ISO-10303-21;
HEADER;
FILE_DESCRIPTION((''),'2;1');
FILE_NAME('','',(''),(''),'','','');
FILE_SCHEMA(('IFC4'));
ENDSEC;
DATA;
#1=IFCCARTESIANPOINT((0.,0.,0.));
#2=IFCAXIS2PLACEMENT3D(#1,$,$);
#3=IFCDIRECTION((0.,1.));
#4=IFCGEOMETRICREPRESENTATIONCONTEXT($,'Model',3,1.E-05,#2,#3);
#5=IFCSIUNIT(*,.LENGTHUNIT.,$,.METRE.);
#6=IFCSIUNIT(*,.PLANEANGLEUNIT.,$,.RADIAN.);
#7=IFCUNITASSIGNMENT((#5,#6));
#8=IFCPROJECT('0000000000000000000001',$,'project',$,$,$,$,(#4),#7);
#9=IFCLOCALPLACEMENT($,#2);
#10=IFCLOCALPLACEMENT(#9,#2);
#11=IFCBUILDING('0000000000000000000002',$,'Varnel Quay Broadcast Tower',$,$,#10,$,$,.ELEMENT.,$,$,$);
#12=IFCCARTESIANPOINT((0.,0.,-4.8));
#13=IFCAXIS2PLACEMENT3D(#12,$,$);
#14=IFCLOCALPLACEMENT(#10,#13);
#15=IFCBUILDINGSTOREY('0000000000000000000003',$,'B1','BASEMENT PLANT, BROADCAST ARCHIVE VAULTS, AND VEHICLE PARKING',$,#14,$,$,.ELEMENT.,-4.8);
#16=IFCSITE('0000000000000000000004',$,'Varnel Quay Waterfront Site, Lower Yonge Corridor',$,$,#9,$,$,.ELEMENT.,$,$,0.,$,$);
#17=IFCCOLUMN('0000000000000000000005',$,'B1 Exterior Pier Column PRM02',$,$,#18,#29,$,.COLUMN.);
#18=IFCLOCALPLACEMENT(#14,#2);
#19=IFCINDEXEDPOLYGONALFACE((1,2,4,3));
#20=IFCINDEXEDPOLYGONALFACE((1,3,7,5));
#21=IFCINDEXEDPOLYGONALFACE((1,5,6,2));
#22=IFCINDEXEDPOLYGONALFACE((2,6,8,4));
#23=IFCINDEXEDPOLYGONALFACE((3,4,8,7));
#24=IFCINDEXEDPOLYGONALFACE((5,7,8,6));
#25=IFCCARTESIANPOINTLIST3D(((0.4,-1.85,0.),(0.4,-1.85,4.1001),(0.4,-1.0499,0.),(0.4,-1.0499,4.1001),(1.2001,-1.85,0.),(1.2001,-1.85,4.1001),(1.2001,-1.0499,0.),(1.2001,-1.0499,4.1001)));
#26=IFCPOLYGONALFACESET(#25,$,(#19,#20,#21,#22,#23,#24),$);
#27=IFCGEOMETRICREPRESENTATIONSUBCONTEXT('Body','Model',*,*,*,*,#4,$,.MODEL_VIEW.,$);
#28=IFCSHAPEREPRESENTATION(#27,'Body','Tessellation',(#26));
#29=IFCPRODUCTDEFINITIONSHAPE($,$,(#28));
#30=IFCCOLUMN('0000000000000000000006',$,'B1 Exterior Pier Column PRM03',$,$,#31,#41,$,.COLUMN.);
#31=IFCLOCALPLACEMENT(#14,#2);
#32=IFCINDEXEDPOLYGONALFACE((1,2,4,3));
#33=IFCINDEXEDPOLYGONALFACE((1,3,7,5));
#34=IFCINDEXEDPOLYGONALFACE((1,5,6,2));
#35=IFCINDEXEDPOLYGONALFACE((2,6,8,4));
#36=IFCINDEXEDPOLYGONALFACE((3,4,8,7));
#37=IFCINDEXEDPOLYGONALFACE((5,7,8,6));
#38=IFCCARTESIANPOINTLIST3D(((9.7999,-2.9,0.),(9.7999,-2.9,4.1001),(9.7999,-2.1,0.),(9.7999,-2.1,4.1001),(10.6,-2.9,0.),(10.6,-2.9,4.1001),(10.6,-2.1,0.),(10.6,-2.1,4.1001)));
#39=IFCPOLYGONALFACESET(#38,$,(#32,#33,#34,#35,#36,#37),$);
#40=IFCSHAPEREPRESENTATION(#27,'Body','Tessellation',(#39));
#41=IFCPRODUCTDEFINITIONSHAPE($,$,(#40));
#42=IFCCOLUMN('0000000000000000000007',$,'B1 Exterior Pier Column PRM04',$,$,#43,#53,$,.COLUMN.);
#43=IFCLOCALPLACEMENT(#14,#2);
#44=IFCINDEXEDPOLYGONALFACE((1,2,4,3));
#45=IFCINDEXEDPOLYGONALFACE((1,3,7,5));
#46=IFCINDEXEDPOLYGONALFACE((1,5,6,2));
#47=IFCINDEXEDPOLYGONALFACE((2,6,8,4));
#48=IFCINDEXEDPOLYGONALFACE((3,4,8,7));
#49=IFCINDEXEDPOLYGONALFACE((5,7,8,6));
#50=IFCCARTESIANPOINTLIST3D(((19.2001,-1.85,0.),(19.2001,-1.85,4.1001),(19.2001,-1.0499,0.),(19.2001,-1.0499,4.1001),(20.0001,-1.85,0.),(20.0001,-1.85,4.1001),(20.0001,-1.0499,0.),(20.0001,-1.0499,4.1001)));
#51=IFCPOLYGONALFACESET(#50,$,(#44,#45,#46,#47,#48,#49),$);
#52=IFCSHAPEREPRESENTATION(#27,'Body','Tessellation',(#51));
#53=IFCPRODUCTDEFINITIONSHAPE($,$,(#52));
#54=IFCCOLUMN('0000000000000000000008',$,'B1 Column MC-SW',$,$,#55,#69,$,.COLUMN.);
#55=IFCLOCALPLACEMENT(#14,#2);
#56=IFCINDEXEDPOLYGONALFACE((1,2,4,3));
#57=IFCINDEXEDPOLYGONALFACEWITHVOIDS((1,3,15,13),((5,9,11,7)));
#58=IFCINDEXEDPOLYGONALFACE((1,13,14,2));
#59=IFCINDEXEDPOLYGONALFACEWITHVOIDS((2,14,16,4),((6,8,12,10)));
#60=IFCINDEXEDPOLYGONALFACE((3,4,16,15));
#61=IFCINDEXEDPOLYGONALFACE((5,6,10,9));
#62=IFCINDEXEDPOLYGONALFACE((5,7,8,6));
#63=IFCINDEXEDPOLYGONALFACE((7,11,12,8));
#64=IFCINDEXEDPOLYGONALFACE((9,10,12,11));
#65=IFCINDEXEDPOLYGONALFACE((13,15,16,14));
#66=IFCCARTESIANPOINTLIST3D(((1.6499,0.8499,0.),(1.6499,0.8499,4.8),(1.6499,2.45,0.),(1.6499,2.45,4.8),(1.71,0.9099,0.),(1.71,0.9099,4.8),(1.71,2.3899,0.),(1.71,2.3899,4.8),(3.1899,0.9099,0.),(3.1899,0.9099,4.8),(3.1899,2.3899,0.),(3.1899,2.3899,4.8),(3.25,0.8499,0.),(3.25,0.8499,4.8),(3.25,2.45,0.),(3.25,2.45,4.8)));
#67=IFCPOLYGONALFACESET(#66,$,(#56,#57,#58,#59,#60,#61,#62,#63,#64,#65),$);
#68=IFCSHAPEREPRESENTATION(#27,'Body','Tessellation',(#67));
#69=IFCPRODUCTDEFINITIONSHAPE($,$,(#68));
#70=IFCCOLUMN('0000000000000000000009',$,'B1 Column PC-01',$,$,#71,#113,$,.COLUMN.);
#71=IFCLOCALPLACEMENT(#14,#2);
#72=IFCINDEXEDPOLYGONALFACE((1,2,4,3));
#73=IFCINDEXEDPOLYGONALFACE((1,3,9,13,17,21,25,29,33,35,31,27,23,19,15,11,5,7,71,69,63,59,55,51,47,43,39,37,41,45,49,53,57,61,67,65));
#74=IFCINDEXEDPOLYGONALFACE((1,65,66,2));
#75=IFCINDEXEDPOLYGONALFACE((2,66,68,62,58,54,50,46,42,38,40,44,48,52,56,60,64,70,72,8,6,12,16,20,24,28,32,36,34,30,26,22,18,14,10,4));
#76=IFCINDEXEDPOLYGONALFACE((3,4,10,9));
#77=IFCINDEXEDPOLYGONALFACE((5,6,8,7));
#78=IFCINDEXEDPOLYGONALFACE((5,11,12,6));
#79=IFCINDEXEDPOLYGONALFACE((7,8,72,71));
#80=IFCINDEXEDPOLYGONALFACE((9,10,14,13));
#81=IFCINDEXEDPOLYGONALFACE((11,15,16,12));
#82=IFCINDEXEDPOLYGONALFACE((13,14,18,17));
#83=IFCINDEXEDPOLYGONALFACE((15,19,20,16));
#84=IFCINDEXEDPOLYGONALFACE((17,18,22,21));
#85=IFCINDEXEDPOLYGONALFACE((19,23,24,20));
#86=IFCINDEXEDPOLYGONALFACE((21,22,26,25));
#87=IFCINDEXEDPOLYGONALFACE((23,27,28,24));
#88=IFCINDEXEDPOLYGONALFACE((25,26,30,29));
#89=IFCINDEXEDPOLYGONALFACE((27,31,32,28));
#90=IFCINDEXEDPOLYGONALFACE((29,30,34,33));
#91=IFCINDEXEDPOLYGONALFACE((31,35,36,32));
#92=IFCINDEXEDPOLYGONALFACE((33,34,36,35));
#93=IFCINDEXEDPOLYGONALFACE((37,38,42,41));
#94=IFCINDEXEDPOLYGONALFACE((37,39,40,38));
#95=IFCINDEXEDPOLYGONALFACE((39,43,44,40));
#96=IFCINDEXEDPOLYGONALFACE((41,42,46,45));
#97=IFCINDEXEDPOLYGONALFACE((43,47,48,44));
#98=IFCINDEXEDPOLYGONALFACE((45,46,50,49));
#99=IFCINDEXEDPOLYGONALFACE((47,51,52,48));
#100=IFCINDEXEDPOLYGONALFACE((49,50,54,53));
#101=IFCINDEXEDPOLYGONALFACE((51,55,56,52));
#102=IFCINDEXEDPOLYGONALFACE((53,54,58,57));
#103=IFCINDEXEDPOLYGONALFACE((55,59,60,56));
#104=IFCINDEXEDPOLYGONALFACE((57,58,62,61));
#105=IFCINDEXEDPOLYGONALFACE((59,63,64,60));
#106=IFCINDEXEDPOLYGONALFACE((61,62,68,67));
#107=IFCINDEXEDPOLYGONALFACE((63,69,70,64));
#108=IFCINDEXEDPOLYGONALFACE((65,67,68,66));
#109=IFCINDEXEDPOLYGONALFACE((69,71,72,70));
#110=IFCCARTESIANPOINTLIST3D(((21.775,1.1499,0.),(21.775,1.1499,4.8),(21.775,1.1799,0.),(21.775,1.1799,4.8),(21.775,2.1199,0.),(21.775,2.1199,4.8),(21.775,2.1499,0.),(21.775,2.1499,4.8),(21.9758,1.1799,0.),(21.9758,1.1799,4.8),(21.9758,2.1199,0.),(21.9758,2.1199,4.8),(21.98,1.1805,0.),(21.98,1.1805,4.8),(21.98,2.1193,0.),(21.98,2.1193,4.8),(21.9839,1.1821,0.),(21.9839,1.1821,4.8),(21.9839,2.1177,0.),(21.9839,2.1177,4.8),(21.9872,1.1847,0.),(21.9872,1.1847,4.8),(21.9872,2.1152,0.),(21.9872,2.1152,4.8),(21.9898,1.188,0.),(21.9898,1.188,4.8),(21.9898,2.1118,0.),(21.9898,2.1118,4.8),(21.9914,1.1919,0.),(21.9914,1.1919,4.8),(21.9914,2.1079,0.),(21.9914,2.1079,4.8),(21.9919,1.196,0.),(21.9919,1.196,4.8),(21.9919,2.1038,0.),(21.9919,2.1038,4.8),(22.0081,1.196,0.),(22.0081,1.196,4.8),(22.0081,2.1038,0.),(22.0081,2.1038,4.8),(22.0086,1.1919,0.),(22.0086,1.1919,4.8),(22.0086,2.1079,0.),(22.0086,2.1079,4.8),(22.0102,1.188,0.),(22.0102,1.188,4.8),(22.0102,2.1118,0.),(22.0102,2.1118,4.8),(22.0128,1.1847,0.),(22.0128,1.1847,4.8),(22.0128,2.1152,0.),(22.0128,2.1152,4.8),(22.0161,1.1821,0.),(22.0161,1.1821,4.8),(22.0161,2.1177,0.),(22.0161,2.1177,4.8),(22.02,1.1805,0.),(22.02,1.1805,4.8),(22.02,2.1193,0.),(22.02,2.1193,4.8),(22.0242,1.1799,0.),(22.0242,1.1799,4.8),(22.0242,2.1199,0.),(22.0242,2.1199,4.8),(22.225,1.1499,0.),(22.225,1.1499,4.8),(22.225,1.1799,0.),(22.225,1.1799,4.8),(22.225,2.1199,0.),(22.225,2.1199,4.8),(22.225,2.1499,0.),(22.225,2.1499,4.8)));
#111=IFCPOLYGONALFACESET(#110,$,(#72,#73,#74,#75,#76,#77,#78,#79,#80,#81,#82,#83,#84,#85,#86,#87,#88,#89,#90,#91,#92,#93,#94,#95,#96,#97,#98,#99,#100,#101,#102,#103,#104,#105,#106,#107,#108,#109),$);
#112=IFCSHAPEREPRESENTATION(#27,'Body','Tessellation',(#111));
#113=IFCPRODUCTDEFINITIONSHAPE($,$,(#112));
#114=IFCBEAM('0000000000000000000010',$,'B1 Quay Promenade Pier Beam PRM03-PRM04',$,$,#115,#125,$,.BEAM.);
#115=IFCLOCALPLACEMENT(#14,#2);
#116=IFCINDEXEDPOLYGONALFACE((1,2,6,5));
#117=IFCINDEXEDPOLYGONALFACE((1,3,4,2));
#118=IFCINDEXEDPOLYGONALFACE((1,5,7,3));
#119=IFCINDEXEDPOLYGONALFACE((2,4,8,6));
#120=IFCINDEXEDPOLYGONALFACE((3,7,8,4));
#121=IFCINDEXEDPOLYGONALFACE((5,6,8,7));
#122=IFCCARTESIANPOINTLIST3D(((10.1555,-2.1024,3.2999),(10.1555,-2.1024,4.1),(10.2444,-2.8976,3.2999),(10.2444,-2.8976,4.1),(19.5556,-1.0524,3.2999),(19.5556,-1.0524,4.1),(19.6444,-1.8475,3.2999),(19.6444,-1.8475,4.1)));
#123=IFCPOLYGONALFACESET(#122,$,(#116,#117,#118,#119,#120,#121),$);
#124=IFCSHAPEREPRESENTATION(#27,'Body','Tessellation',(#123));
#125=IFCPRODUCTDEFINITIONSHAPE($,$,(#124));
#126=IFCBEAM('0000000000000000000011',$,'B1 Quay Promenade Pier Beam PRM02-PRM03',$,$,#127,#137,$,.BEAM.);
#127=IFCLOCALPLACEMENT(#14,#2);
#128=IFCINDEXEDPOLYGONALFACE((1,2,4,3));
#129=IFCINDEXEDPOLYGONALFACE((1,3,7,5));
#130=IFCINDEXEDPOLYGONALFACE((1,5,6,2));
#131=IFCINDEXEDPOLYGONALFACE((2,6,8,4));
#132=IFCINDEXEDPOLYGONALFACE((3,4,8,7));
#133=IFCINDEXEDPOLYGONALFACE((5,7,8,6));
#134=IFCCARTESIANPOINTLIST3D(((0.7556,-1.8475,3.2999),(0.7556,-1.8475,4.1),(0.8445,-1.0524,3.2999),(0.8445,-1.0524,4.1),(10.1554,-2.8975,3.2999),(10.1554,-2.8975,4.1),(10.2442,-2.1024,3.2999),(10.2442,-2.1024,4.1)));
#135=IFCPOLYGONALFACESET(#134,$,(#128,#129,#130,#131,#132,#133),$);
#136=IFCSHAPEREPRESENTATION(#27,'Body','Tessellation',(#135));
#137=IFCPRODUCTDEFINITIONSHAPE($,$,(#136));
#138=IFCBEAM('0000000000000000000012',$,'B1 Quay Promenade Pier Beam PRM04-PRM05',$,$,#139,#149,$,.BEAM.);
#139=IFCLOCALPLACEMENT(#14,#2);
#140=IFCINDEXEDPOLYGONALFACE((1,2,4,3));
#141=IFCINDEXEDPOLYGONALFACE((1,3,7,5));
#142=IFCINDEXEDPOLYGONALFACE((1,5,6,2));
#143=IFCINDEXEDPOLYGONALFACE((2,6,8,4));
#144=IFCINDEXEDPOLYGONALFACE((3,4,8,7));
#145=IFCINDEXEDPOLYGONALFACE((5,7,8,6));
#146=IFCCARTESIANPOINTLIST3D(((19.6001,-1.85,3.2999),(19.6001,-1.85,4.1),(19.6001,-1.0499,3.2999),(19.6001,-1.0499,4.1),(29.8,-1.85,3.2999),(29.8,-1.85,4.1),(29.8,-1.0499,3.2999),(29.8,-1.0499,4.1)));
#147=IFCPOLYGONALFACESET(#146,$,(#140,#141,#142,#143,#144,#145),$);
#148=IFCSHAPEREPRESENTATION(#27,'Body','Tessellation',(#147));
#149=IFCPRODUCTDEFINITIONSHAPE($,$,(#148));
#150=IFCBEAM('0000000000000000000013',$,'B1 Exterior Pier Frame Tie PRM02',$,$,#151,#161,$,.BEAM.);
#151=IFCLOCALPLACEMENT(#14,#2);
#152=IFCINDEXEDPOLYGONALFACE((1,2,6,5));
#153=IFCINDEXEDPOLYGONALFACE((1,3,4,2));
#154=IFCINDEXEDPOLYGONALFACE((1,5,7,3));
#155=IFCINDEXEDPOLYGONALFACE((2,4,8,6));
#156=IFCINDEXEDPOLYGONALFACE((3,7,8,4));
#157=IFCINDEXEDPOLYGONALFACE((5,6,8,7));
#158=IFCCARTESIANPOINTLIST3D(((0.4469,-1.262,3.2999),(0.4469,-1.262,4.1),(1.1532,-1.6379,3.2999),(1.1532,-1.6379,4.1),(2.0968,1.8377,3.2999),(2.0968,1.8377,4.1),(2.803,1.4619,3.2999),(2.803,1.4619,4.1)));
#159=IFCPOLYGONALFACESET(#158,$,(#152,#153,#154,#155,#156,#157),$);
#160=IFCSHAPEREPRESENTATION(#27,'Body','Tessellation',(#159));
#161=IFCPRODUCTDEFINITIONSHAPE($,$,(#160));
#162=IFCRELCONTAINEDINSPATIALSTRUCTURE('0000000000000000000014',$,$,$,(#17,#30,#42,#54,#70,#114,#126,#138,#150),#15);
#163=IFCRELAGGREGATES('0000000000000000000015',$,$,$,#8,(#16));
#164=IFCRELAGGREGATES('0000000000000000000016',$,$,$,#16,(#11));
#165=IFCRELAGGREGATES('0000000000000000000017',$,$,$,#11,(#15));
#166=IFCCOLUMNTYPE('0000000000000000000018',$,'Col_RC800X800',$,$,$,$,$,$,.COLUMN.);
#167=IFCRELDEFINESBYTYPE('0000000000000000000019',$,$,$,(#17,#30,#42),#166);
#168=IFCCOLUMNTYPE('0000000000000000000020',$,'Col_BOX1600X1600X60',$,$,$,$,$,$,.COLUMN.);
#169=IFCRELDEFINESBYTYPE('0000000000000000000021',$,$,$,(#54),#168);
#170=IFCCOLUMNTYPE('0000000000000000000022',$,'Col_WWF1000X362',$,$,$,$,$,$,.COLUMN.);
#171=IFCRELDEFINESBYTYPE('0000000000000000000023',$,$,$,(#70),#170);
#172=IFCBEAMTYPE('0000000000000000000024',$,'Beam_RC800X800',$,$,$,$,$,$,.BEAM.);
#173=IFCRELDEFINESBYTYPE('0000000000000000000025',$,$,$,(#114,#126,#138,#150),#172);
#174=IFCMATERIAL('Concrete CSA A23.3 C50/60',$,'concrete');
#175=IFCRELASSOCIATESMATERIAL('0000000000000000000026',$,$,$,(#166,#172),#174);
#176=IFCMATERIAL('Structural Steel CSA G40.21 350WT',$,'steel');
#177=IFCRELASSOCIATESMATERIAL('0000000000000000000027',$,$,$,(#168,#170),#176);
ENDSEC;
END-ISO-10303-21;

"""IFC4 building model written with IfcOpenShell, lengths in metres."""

from ifc_helpers import new_model, si_unit, direction, frame, origin, origin_2d, place, context, subcontext, project, spatial, rectangle, hollow_rectangle, i_section, extrude, source, transform, mapped, material, material_profile, profile_set, type_object, type_shapes, element, save


model = new_model("IFC4")

# Units and contexts
model_context = context("Model", 3, precision=1e-05, world=origin(), true_north=direction((0.0, 1.0)))
body_context = subcontext(model_context, "Body", "Model", "MODEL_VIEW")
ifc_project = project(units=[si_unit("LENGTHUNIT", "METRE"), si_unit("PLANEANGLEUNIT", "RADIAN")], contexts=[model_context])

# Site, building, storey
site_placement = place(None, origin())
site = spatial("IfcSite", under=ifc_project, at=site_placement, Name="Varnel Quay Waterfront Site, Lower Yonge Corridor", CompositionType="ELEMENT", RefElevation=0.0)
building_placement = place(site_placement, origin())
building = spatial("IfcBuilding", under=site, at=building_placement, Name="Varnel Quay Broadcast Tower", CompositionType="ELEMENT")
storey_placement = place(building_placement, frame((0.0, 0.0, -4.8)))
storey = spatial("IfcBuildingStorey", under=building, at=storey_placement, Name="B1", Description="BASEMENT PLANT, BROADCAST ARCHIVE VAULTS, AND VEHICLE PARKING", CompositionType="ELEMENT", Elevation=-4.8)

# Columns
ifc_material_1 = material(Name="Concrete CSA A23.3 C50/60", Category="concrete")
ifc_material_profile_1 = material_profile(ifc_material_1, rectangle(XDim=0.8, YDim=0.8, at=origin_2d()), Name="RC800X800")
ifc_profile_set_1 = profile_set([ifc_material_profile_1], Name="Concrete CSA A23.3 C50/60")
column_type_1 = type_object("IfcColumnType", Name="Col_RC800X800", PredefinedType="COLUMN", material=ifc_profile_set_1)
shared_shape_1 = source(origin(), body_context, "Body", "SweptSolid", [
    extrude(rectangle(XDim=0.8, YDim=0.8, at=origin_2d()), origin(), (0.0, 0.0, 1.0), 4.1001),
])
type_shapes(column_type_1, [shared_shape_1])
for number, where, z_axis, x_axis, name in (
    (1, (0.8, -1.45, 0.0), (0.0, 0.0, 1.0), (1.0, 0.0, 0.0), "B1 Exterior Pier Column PRM02"),
    (2, (10.2, -2.5, 0.0), (0.0, 0.0, 1.0), (1.0, 0.0, 0.0), "B1 Exterior Pier Column PRM03"),
    (3, (19.6001, -1.45, 0.0), (0.0, 0.0, 1.0), (1.0, 0.0, 0.0), "B1 Exterior Pier Column PRM04"),
):
    element("IfcColumn", number, at=place(storey_placement, frame(where, z_axis=z_axis, x_axis=x_axis)), inside=storey, type_object=column_type_1, Name=name, PredefinedType="COLUMN", context=body_context, shape_type="MappedRepresentation", body=[
        mapped(shared_shape_1, transform((0.0, 0.0, 0.0), x_axis=(1.0, 0.0, 0.0), y_axis=(0.0, 1.0, 0.0), z_axis=(0.0, 0.0, 1.0), scale=1.0)),
    ])
ifc_material_2 = material(Name="Structural Steel CSA G40.21 350WT", Category="steel")
ifc_material_profile_2 = material_profile(ifc_material_2, hollow_rectangle(XDim=1.6001, YDim=1.6001, WallThickness=0.0601, at=origin_2d()), Name="BOX1600X1600X60")
ifc_profile_set_2 = profile_set([ifc_material_profile_2], Name="Structural Steel CSA G40.21 350WT")
column_type_2 = type_object("IfcColumnType", Name="Col_BOX1600X1600X60", PredefinedType="COLUMN", material=ifc_profile_set_2)
shared_shape_2 = source(origin(), body_context, "Body", "SweptSolid", [
    extrude(hollow_rectangle(XDim=1.6001, YDim=1.6001, WallThickness=0.0601, at=origin_2d()), origin(), (0.0, 0.0, 1.0), 4.8),
])
type_shapes(column_type_2, [shared_shape_2])
column_1_placement = place(storey_placement, frame((2.45, 1.6499, 0.0), z_axis=(0.0, 0.0, 1.0), x_axis=(1.0, 0.0, 0.0)))
element("IfcColumn", 4, at=column_1_placement, inside=storey, type_object=column_type_2, Name="B1 Column MC-SW", PredefinedType="COLUMN", context=body_context, shape_type="MappedRepresentation", body=[
    mapped(shared_shape_2, transform((0.0, 0.0, 0.0), x_axis=(1.0, 0.0, 0.0), y_axis=(0.0, 1.0, 0.0), z_axis=(0.0, 0.0, 1.0), scale=1.0)),
])
ifc_material_profile_3 = material_profile(ifc_material_2, i_section(OverallWidth=0.45, OverallDepth=1.0, WebThickness=0.0161, FlangeThickness=0.03, FilletRadius=0.0161, at=origin_2d()), Name="WWF1000X362")
ifc_profile_set_3 = profile_set([ifc_material_profile_3], Name="Structural Steel CSA G40.21 350WT")
column_type_3 = type_object("IfcColumnType", Name="Col_WWF1000X362", PredefinedType="COLUMN", material=ifc_profile_set_3)
shared_shape_3 = source(origin(), body_context, "Body", "SweptSolid", [
    extrude(i_section(OverallWidth=0.45, OverallDepth=1.0, WebThickness=0.0161, FlangeThickness=0.03, FilletRadius=0.0161, at=origin_2d()), origin(), (0.0, 0.0, 1.0), 4.8),
])
type_shapes(column_type_3, [shared_shape_3])
column_2_placement = place(storey_placement, frame((22.0, 1.6499, 0.0), z_axis=(0.0, 0.0, 1.0), x_axis=(1.0, 0.0, 0.0)))
element("IfcColumn", 5, at=column_2_placement, inside=storey, type_object=column_type_3, Name="B1 Column PC-01", PredefinedType="COLUMN", context=body_context, shape_type="MappedRepresentation", body=[
    mapped(shared_shape_3, transform((0.0, 0.0, 0.0), x_axis=(1.0, 0.0, 0.0), y_axis=(0.0, 1.0, 0.0), z_axis=(0.0, 0.0, 1.0), scale=1.0)),
])

# Beams
ifc_material_profile_4 = material_profile(ifc_material_1, rectangle(XDim=0.8, YDim=0.8, at=origin_2d()), Name="RC800X800")
ifc_profile_set_4 = profile_set([ifc_material_profile_4], Name="Concrete CSA A23.3 C50/60")
beam_type_1 = type_object("IfcBeamType", Name="Beam_RC800X800", PredefinedType="BEAM", material=ifc_profile_set_4)
shared_shape_4 = source(origin(), body_context, "Body", "SweptSolid", [
    extrude(rectangle(XDim=0.8, YDim=0.8, at=origin_2d()), origin(), (0.0, 0.0, 1.0), 9.4585),
])
beam_1_placement = place(storey_placement, frame((10.2, -2.5, 3.7), z_axis=(0.993819, 0.111015, 0.0), x_axis=(-0.111015, 0.993819, 0.0)))
element("IfcBeam", 6, at=beam_1_placement, inside=storey, type_object=beam_type_1, Name="B1 Quay Promenade Pier Beam PRM03-PRM04", PredefinedType="BEAM", context=body_context, shape_type="MappedRepresentation", body=[
    mapped(shared_shape_4, transform((0.0, 0.0, 0.0), x_axis=(1.0, 0.0, 0.0), y_axis=(0.0, 1.0, 0.0), z_axis=(0.0, 0.0, 1.0), scale=1.0)),
])
shared_shape_5 = source(origin(), body_context, "Body", "SweptSolid", [
    extrude(rectangle(XDim=0.8, YDim=0.8, at=origin_2d()), origin(), (0.0, 0.0, 1.0), 9.4583),
])
beam_2_placement = place(storey_placement, frame((0.8, -1.45, 3.7), z_axis=(0.993818, -0.111018, 0.0), x_axis=(0.111018, 0.993818, 0.0)))
element("IfcBeam", 7, at=beam_2_placement, inside=storey, type_object=beam_type_1, Name="B1 Quay Promenade Pier Beam PRM02-PRM03", PredefinedType="BEAM", context=body_context, shape_type="MappedRepresentation", body=[
    mapped(shared_shape_5, transform((0.0, 0.0, 0.0), x_axis=(1.0, 0.0, 0.0), y_axis=(0.0, 1.0, 0.0), z_axis=(0.0, 0.0, 1.0), scale=1.0)),
])
shared_shape_6 = source(origin(), body_context, "Body", "SweptSolid", [
    extrude(rectangle(XDim=0.8, YDim=0.8, at=origin_2d()), origin(), (0.0, 0.0, 1.0), 10.2),
])
beam_3_placement = place(storey_placement, frame((19.6001, -1.45, 3.7), z_axis=(1.0, 0.0, 0.0), x_axis=(0.0, 1.0, 0.0)))
element("IfcBeam", 8, at=beam_3_placement, inside=storey, type_object=beam_type_1, Name="B1 Quay Promenade Pier Beam PRM04-PRM05", PredefinedType="BEAM", context=body_context, shape_type="MappedRepresentation", body=[
    mapped(shared_shape_6, transform((0.0, 0.0, 0.0), x_axis=(1.0, 0.0, 0.0), y_axis=(0.0, 1.0, 0.0), z_axis=(0.0, 0.0, 1.0), scale=1.0)),
])
shared_shape_7 = source(origin(), body_context, "Body", "SweptSolid", [
    extrude(rectangle(XDim=0.8, YDim=0.8, at=origin_2d()), origin(), (0.0, 0.0, 1.0), 3.5115),
])
type_shapes(beam_type_1, [shared_shape_4, shared_shape_5, shared_shape_6, shared_shape_7])
beam_4_placement = place(storey_placement, frame((0.8, -1.45, 3.7), z_axis=(0.469845, 0.882749, 0.0), x_axis=(-0.882749, 0.469845, 0.0)))
element("IfcBeam", 9, at=beam_4_placement, inside=storey, type_object=beam_type_1, Name="B1 Exterior Pier Frame Tie PRM02", PredefinedType="BEAM", context=body_context, shape_type="MappedRepresentation", body=[
    mapped(shared_shape_7, transform((0.0, 0.0, 0.0), x_axis=(1.0, 0.0, 0.0), y_axis=(0.0, 1.0, 0.0), z_axis=(0.0, 0.0, 1.0), scale=1.0)),
])

save(model, "model.ifc")
